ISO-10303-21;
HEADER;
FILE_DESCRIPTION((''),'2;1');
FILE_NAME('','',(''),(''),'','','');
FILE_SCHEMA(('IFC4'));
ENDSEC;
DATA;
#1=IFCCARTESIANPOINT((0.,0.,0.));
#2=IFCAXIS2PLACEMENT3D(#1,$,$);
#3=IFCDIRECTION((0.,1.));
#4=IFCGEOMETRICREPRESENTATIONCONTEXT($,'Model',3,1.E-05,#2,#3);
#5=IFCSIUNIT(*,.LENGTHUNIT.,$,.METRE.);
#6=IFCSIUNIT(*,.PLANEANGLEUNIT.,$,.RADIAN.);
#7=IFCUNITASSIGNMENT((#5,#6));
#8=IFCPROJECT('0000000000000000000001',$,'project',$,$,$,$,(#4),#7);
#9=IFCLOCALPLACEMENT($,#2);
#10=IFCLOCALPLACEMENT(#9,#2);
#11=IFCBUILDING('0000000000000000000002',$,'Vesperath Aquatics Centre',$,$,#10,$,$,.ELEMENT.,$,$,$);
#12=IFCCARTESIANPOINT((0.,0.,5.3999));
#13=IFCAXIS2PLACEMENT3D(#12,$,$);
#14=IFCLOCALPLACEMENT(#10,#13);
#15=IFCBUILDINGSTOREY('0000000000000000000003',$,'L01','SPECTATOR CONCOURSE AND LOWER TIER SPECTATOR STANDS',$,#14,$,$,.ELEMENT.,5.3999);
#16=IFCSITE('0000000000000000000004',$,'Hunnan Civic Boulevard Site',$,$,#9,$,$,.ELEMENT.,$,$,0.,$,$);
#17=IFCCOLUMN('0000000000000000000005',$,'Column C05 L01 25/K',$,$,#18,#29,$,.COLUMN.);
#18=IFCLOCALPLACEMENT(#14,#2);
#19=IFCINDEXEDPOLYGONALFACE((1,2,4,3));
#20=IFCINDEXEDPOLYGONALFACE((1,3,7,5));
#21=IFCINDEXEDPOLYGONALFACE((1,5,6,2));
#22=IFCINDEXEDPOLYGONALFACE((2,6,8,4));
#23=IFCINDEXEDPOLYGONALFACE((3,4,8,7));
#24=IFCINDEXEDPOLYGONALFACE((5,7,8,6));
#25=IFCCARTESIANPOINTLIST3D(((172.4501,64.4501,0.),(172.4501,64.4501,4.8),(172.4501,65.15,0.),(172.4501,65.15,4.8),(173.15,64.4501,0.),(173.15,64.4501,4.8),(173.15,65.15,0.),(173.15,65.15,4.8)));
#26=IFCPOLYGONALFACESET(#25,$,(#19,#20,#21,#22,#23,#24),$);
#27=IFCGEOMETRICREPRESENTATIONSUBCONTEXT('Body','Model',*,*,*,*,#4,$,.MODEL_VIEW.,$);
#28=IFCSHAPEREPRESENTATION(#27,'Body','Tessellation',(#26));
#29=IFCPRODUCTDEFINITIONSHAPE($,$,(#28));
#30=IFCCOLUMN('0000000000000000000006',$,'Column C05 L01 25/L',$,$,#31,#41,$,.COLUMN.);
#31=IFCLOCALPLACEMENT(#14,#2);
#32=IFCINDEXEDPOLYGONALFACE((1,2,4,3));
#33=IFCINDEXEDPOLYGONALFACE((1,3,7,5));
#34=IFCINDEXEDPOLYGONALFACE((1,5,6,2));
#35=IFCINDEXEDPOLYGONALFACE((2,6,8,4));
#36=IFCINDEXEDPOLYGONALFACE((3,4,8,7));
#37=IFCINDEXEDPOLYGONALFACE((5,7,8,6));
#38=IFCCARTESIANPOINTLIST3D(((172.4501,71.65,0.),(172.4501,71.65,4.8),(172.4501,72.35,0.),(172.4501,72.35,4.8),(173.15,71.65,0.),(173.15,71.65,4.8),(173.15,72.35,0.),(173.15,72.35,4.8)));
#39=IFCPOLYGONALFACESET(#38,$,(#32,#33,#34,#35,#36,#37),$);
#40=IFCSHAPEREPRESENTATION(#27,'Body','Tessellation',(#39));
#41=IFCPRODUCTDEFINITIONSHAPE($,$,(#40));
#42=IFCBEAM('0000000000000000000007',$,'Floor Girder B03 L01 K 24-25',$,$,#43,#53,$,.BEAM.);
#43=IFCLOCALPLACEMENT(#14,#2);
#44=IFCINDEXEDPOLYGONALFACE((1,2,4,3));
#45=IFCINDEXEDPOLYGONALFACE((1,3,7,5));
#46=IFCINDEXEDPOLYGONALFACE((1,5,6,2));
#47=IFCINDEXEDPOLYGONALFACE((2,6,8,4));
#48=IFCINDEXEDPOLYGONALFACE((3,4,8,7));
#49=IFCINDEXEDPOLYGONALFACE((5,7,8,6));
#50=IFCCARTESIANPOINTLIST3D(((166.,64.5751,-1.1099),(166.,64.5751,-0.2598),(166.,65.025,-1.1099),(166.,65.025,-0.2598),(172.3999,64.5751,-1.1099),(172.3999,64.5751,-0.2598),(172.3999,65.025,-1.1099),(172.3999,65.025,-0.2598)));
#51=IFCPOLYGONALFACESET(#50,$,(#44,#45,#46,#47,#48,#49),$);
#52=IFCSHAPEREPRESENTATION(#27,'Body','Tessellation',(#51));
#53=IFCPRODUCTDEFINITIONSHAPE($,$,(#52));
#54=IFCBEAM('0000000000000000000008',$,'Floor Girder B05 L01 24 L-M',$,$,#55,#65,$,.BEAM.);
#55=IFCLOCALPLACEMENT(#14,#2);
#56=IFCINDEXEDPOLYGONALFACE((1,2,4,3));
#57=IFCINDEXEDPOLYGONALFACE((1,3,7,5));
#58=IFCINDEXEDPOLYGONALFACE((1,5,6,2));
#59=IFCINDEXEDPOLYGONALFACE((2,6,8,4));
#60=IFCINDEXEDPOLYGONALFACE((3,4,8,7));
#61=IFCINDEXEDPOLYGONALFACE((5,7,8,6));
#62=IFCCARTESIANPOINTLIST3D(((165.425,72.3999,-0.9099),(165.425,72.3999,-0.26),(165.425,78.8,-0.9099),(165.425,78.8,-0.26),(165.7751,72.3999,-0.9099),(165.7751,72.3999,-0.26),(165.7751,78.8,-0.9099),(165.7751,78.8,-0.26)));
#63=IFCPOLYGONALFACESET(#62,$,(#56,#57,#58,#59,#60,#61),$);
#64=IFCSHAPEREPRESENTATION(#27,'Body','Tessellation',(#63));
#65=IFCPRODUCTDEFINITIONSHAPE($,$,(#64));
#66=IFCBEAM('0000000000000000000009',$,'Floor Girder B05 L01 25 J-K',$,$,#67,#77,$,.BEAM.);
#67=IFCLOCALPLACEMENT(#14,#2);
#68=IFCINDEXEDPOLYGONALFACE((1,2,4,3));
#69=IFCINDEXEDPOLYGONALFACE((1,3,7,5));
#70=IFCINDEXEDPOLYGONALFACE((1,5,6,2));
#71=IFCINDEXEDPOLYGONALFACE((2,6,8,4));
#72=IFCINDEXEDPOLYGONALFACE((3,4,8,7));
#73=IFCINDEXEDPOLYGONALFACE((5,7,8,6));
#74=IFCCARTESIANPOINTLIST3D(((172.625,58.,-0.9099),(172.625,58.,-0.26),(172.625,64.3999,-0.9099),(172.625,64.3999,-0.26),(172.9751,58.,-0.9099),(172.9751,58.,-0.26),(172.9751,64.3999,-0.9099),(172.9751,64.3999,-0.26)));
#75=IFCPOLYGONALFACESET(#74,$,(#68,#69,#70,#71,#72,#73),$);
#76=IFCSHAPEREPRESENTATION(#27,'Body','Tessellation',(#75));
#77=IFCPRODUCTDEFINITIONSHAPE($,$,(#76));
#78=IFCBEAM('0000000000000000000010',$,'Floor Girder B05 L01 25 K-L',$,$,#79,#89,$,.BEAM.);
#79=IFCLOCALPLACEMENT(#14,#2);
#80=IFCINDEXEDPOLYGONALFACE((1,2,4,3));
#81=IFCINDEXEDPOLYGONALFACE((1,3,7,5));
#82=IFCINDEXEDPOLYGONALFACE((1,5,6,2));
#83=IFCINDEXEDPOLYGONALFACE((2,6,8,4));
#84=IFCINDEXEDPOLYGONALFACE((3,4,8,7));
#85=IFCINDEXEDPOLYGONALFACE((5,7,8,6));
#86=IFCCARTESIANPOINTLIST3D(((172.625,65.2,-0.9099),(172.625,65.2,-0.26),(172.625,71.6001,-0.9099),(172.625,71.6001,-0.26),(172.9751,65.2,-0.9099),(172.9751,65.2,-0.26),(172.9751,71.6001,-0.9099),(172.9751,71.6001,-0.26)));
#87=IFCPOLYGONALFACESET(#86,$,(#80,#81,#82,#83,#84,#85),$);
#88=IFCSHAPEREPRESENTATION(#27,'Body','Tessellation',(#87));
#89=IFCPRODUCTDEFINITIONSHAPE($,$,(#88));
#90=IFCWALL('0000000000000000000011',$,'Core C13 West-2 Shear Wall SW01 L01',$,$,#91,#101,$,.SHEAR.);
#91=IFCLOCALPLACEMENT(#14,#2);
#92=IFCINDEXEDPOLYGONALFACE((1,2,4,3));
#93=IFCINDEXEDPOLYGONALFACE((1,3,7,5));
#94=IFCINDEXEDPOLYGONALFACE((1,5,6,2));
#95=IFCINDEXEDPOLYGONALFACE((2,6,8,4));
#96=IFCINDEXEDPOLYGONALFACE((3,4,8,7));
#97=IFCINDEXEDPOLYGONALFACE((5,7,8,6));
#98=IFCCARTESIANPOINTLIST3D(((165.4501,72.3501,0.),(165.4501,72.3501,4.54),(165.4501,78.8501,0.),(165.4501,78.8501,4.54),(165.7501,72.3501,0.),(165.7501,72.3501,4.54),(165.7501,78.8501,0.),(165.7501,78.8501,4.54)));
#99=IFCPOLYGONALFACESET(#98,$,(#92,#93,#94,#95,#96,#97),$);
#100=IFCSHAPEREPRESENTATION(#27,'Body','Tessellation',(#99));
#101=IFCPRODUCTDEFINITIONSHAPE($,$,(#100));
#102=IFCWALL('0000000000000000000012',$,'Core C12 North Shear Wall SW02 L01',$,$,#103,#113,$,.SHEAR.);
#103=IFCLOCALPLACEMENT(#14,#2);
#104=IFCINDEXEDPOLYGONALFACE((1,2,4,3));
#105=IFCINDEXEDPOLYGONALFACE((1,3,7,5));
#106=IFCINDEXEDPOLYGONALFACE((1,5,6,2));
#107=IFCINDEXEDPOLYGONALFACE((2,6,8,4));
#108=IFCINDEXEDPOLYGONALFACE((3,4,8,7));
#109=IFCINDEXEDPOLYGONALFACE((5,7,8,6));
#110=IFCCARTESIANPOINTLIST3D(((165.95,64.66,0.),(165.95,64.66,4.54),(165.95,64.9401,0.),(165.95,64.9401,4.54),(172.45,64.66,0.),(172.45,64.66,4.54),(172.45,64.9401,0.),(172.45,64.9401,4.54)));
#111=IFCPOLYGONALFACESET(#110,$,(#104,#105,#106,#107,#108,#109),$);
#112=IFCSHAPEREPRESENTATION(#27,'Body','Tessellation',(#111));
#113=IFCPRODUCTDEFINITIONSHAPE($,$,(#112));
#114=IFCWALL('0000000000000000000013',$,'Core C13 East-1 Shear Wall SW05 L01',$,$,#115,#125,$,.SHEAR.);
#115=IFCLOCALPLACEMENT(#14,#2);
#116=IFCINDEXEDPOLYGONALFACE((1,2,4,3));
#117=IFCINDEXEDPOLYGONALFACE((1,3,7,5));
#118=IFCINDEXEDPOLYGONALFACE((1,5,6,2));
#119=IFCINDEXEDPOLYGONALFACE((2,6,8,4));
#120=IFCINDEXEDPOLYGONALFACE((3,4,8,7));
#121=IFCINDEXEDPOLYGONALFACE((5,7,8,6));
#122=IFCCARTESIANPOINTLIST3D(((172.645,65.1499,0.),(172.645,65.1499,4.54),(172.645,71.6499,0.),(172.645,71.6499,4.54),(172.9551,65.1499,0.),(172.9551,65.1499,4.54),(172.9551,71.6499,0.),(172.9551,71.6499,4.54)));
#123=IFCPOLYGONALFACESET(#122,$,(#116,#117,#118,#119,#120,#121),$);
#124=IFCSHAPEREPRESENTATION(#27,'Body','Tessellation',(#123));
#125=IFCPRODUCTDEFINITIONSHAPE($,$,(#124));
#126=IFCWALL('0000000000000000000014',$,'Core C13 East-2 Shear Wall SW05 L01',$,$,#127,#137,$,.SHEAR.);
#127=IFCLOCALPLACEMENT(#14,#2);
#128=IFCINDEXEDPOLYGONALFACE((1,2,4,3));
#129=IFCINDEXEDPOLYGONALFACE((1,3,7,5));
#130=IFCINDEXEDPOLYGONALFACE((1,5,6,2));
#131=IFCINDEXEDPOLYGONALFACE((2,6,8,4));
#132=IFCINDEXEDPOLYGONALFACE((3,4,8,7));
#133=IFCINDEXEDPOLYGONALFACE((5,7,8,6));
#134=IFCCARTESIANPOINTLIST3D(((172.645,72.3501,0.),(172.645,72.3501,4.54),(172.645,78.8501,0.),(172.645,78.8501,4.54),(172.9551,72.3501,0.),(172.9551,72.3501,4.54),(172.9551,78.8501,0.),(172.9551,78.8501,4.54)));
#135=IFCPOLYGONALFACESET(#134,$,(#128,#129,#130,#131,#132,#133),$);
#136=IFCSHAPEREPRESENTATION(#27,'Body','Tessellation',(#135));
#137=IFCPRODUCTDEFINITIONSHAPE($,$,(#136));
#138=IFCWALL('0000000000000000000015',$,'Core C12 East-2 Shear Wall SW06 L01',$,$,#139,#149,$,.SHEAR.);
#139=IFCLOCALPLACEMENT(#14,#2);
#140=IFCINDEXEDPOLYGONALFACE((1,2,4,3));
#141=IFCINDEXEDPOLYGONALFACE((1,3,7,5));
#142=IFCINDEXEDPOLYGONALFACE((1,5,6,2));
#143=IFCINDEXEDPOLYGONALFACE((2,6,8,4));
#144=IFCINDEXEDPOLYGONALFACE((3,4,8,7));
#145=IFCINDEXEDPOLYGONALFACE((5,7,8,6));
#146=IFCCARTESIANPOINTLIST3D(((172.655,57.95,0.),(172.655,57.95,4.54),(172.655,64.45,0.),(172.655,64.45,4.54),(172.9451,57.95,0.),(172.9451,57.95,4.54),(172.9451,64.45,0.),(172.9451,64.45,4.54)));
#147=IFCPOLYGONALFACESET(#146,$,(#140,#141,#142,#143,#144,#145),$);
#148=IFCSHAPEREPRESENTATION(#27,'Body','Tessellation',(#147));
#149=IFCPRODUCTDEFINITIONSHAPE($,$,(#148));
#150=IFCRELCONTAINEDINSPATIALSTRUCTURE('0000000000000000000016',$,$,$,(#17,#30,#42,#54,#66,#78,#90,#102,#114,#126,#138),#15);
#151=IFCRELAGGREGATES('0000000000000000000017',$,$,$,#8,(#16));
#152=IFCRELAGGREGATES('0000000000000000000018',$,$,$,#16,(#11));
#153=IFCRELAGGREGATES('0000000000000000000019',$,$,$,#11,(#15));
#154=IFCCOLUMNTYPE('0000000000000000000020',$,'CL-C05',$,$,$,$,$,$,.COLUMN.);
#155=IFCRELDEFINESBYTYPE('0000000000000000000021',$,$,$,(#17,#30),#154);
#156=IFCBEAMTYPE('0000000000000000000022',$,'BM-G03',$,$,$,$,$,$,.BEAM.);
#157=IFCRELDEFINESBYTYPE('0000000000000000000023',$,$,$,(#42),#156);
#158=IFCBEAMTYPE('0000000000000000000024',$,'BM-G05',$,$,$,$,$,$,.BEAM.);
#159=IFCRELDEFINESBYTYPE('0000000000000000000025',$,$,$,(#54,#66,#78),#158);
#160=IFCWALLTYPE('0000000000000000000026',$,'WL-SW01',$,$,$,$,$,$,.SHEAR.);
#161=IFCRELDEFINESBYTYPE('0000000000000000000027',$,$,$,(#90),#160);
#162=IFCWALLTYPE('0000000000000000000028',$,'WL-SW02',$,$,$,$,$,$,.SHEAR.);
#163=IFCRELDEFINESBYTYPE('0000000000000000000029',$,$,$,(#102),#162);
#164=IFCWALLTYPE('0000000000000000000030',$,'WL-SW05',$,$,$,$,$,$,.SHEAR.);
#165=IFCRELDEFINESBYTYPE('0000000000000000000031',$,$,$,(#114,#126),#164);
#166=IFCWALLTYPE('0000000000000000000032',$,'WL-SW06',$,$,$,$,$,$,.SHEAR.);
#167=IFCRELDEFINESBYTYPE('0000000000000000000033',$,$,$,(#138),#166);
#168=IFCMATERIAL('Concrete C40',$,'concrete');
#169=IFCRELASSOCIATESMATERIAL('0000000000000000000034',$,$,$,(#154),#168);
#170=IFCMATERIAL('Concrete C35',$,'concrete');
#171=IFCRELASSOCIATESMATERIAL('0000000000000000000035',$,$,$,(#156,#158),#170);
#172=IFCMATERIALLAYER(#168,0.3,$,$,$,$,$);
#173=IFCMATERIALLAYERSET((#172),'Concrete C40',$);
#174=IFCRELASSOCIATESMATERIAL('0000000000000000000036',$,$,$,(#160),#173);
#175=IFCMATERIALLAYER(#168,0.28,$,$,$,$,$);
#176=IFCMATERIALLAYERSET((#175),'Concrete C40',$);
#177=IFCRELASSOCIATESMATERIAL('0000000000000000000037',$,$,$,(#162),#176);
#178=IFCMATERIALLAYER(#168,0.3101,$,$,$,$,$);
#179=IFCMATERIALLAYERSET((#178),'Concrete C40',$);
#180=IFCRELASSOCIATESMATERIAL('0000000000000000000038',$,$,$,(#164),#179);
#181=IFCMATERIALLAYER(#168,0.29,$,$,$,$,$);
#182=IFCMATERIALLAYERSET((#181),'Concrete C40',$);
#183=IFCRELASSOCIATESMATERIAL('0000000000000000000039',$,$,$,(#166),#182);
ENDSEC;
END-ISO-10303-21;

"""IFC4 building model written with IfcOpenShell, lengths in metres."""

from ifc_helpers import new_model, si_unit, direction, frame, frame_2d, origin, origin_2d, place, context, subcontext, project, spatial, rectangle, extrude, material, layer, layer_set, material_profile, profile_set, type_object, element, save


model = new_model("IFC4")

# Units and contexts
model_context = context("Model", 3, precision=1e-05, world=origin(), true_north=direction((0.0, 1.0)))
body_context = subcontext(model_context, "Body", "Model", "MODEL_VIEW")
ifc_project = project(units=[si_unit("LENGTHUNIT", "METRE"), si_unit("PLANEANGLEUNIT", "RADIAN")], contexts=[model_context])

# Site, building, storey
site_placement = place(None, origin())
site = spatial("IfcSite", under=ifc_project, at=site_placement, Name="Hunnan Civic Boulevard Site", CompositionType="ELEMENT", RefElevation=0.0)
building_placement = place(site_placement, origin())
building = spatial("IfcBuilding", under=site, at=building_placement, Name="Vesperath Aquatics Centre", CompositionType="ELEMENT")
storey_placement = place(building_placement, frame((0.0, 0.0, 5.3999)))
storey = spatial("IfcBuildingStorey", under=building, at=storey_placement, Name="L01", Description="SPECTATOR CONCOURSE AND LOWER TIER SPECTATOR STANDS", CompositionType="ELEMENT", Elevation=5.3999)

# Columns
ifc_material_1 = material(Name="Concrete C40", Category="concrete")
ifc_material_profile_1 = material_profile(ifc_material_1, rectangle(XDim=0.7, YDim=0.7, at=origin_2d()), Name="RC 700x700")
ifc_profile_set_1 = profile_set([ifc_material_profile_1], Name="Concrete C40")
column_type = type_object("IfcColumnType", Name="CL-C05", PredefinedType="COLUMN", material=ifc_profile_set_1)
for number, where, z_axis, x_axis, name in (
    (1, (172.8, 64.8, 0.0), (0.0, 0.0, 1.0), (1.0, 0.0, 0.0), "Column C05 L01 25/K"),
    (2, (172.8, 72.0, 0.0), (0.0, 0.0, 1.0), (1.0, 0.0, 0.0), "Column C05 L01 25/L"),
):
    element("IfcColumn", number, at=place(storey_placement, frame(where, z_axis=z_axis, x_axis=x_axis)), inside=storey, type_object=column_type, Name=name, PredefinedType="COLUMN", context=body_context, shape_type="SweptSolid", body=[
        extrude(rectangle(XDim=0.7, YDim=0.7, at=origin_2d()), origin(), (0.0, 0.0, 1.0), 4.8),
    ])

# Beams
ifc_material_2 = material(Name="Concrete C35", Category="concrete")
ifc_material_profile_2 = material_profile(ifc_material_2, rectangle(XDim=0.45, YDim=0.8501, at=origin_2d()), Name="RC 450x850")
ifc_profile_set_2 = profile_set([ifc_material_profile_2], Name="Concrete C35")
beam_type_1 = type_object("IfcBeamType", Name="BM-G03", PredefinedType="BEAM", material=ifc_profile_set_2)
beam_1_placement = place(storey_placement, frame((166.0, 64.8, -0.6848), z_axis=(1.0, 0.0, 0.0), x_axis=(0.0, 1.0, 0.0)))
element("IfcBeam", 3, at=beam_1_placement, inside=storey, type_object=beam_type_1, Name="Floor Girder B03 L01 K 24-25", PredefinedType="BEAM", context=body_context, shape_type="SweptSolid", body=[
    extrude(rectangle(XDim=0.45, YDim=0.8501, at=origin_2d()), origin(), (0.0, 0.0, 1.0), 6.3999),
])
ifc_material_profile_3 = material_profile(ifc_material_2, rectangle(XDim=0.3501, YDim=0.6499, at=origin_2d()), Name="RC 350x650")
ifc_profile_set_3 = profile_set([ifc_material_profile_3], Name="Concrete C35")
beam_type_2 = type_object("IfcBeamType", Name="BM-G05", PredefinedType="BEAM", material=ifc_profile_set_3)
beam_2_placement = place(storey_placement, frame((165.6001, 72.3999, -0.585), z_axis=(0.0, 1.0, 0.0), x_axis=(-1.0, 0.0, 0.0)))
element("IfcBeam", 4, at=beam_2_placement, inside=storey, type_object=beam_type_2, Name="Floor Girder B05 L01 24 L-M", PredefinedType="BEAM", context=body_context, shape_type="SweptSolid", body=[
    extrude(rectangle(XDim=0.3501, YDim=0.6499, at=origin_2d()), origin(), (0.0, 0.0, 1.0), 6.4001),
])
beam_3_placement = place(storey_placement, frame((172.8, 58.0, -0.585), z_axis=(0.0, 1.0, 0.0), x_axis=(-1.0, 0.0, 0.0)))
element("IfcBeam", 5, at=beam_3_placement, inside=storey, type_object=beam_type_2, Name="Floor Girder B05 L01 25 J-K", PredefinedType="BEAM", context=body_context, shape_type="SweptSolid", body=[
    extrude(rectangle(XDim=0.3501, YDim=0.6499, at=origin_2d()), origin(), (0.0, 0.0, 1.0), 6.3999),
])
beam_4_placement = place(storey_placement, frame((172.8, 65.2, -0.585), z_axis=(0.0, 1.0, 0.0), x_axis=(-1.0, 0.0, 0.0)))
element("IfcBeam", 6, at=beam_4_placement, inside=storey, type_object=beam_type_2, Name="Floor Girder B05 L01 25 K-L", PredefinedType="BEAM", context=body_context, shape_type="SweptSolid", body=[
    extrude(rectangle(XDim=0.3501, YDim=0.6499, at=origin_2d()), origin(), (0.0, 0.0, 1.0), 6.4001),
])

# Walls
ifc_layer_1 = layer(ifc_material_1, 0.3)
ifc_layer_set_1 = layer_set([ifc_layer_1], Name="Concrete C40")
wall_type_1 = type_object("IfcWallType", Name="WL-SW01", PredefinedType="SHEAR", material=ifc_layer_set_1)
wall_1_placement = place(storey_placement, frame((165.6001, 72.3501, 0.0), z_axis=(0.0, 0.0, 1.0), x_axis=(0.0, 1.0, 0.0)))
element("IfcWall", 7, at=wall_1_placement, inside=storey, type_object=wall_type_1, Name="Core C13 West-2 Shear Wall SW01 L01", PredefinedType="SHEAR", context=body_context, shape_type="SweptSolid", body=[
    extrude(rectangle(XDim=6.5, YDim=0.3, at=frame_2d((3.25, 0.0))), origin(), (0.0, 0.0, 1.0), 4.54),
])
ifc_layer_2 = layer(ifc_material_1, 0.28)
ifc_layer_set_2 = layer_set([ifc_layer_2], Name="Concrete C40")
wall_type_2 = type_object("IfcWallType", Name="WL-SW02", PredefinedType="SHEAR", material=ifc_layer_set_2)
wall_2_placement = place(storey_placement, frame((165.95, 64.8, 0.0), z_axis=(0.0, 0.0, 1.0), x_axis=(1.0, 0.0, 0.0)))
element("IfcWall", 8, at=wall_2_placement, inside=storey, type_object=wall_type_2, Name="Core C12 North Shear Wall SW02 L01", PredefinedType="SHEAR", context=body_context, shape_type="SweptSolid", body=[
    extrude(rectangle(XDim=6.5, YDim=0.28, at=frame_2d((3.25, 0.0))), origin(), (0.0, 0.0, 1.0), 4.54),
])
ifc_layer_3 = layer(ifc_material_1, 0.3101)
ifc_layer_set_3 = layer_set([ifc_layer_3], Name="Concrete C40")
wall_type_3 = type_object("IfcWallType", Name="WL-SW05", PredefinedType="SHEAR", material=ifc_layer_set_3)
for number, where, z_axis, x_axis, name in (
    (9, (172.8, 65.1499, 0.0), (0.0, 0.0, 1.0), (0.0, 1.0, 0.0), "Core C13 East-1 Shear Wall SW05 L01"),
    (10, (172.8, 72.3501, 0.0), (0.0, 0.0, 1.0), (0.0, 1.0, 0.0), "Core C13 East-2 Shear Wall SW05 L01"),
):
    element("IfcWall", number, at=place(storey_placement, frame(where, z_axis=z_axis, x_axis=x_axis)), inside=storey, type_object=wall_type_3, Name=name, PredefinedType="SHEAR", context=body_context, shape_type="SweptSolid", body=[
        extrude(rectangle(XDim=6.5, YDim=0.3101, at=frame_2d((3.25, 0.0))), origin(), (0.0, 0.0, 1.0), 4.54),
    ])
ifc_layer_4 = layer(ifc_material_1, 0.29)
ifc_layer_set_4 = layer_set([ifc_layer_4], Name="Concrete C40")
wall_type_4 = type_object("IfcWallType", Name="WL-SW06", PredefinedType="SHEAR", material=ifc_layer_set_4)
wall_3_placement = place(storey_placement, frame((172.8, 57.95, 0.0), z_axis=(0.0, 0.0, 1.0), x_axis=(0.0, 1.0, 0.0)))
element("IfcWall", 11, at=wall_3_placement, inside=storey, type_object=wall_type_4, Name="Core C12 East-2 Shear Wall SW06 L01", PredefinedType="SHEAR", context=body_context, shape_type="SweptSolid", body=[
    extrude(rectangle(XDim=6.5, YDim=0.29, at=frame_2d((3.25, 0.0))), origin(), (0.0, 0.0, 1.0), 4.54),
])

save(model, "model.ifc")
